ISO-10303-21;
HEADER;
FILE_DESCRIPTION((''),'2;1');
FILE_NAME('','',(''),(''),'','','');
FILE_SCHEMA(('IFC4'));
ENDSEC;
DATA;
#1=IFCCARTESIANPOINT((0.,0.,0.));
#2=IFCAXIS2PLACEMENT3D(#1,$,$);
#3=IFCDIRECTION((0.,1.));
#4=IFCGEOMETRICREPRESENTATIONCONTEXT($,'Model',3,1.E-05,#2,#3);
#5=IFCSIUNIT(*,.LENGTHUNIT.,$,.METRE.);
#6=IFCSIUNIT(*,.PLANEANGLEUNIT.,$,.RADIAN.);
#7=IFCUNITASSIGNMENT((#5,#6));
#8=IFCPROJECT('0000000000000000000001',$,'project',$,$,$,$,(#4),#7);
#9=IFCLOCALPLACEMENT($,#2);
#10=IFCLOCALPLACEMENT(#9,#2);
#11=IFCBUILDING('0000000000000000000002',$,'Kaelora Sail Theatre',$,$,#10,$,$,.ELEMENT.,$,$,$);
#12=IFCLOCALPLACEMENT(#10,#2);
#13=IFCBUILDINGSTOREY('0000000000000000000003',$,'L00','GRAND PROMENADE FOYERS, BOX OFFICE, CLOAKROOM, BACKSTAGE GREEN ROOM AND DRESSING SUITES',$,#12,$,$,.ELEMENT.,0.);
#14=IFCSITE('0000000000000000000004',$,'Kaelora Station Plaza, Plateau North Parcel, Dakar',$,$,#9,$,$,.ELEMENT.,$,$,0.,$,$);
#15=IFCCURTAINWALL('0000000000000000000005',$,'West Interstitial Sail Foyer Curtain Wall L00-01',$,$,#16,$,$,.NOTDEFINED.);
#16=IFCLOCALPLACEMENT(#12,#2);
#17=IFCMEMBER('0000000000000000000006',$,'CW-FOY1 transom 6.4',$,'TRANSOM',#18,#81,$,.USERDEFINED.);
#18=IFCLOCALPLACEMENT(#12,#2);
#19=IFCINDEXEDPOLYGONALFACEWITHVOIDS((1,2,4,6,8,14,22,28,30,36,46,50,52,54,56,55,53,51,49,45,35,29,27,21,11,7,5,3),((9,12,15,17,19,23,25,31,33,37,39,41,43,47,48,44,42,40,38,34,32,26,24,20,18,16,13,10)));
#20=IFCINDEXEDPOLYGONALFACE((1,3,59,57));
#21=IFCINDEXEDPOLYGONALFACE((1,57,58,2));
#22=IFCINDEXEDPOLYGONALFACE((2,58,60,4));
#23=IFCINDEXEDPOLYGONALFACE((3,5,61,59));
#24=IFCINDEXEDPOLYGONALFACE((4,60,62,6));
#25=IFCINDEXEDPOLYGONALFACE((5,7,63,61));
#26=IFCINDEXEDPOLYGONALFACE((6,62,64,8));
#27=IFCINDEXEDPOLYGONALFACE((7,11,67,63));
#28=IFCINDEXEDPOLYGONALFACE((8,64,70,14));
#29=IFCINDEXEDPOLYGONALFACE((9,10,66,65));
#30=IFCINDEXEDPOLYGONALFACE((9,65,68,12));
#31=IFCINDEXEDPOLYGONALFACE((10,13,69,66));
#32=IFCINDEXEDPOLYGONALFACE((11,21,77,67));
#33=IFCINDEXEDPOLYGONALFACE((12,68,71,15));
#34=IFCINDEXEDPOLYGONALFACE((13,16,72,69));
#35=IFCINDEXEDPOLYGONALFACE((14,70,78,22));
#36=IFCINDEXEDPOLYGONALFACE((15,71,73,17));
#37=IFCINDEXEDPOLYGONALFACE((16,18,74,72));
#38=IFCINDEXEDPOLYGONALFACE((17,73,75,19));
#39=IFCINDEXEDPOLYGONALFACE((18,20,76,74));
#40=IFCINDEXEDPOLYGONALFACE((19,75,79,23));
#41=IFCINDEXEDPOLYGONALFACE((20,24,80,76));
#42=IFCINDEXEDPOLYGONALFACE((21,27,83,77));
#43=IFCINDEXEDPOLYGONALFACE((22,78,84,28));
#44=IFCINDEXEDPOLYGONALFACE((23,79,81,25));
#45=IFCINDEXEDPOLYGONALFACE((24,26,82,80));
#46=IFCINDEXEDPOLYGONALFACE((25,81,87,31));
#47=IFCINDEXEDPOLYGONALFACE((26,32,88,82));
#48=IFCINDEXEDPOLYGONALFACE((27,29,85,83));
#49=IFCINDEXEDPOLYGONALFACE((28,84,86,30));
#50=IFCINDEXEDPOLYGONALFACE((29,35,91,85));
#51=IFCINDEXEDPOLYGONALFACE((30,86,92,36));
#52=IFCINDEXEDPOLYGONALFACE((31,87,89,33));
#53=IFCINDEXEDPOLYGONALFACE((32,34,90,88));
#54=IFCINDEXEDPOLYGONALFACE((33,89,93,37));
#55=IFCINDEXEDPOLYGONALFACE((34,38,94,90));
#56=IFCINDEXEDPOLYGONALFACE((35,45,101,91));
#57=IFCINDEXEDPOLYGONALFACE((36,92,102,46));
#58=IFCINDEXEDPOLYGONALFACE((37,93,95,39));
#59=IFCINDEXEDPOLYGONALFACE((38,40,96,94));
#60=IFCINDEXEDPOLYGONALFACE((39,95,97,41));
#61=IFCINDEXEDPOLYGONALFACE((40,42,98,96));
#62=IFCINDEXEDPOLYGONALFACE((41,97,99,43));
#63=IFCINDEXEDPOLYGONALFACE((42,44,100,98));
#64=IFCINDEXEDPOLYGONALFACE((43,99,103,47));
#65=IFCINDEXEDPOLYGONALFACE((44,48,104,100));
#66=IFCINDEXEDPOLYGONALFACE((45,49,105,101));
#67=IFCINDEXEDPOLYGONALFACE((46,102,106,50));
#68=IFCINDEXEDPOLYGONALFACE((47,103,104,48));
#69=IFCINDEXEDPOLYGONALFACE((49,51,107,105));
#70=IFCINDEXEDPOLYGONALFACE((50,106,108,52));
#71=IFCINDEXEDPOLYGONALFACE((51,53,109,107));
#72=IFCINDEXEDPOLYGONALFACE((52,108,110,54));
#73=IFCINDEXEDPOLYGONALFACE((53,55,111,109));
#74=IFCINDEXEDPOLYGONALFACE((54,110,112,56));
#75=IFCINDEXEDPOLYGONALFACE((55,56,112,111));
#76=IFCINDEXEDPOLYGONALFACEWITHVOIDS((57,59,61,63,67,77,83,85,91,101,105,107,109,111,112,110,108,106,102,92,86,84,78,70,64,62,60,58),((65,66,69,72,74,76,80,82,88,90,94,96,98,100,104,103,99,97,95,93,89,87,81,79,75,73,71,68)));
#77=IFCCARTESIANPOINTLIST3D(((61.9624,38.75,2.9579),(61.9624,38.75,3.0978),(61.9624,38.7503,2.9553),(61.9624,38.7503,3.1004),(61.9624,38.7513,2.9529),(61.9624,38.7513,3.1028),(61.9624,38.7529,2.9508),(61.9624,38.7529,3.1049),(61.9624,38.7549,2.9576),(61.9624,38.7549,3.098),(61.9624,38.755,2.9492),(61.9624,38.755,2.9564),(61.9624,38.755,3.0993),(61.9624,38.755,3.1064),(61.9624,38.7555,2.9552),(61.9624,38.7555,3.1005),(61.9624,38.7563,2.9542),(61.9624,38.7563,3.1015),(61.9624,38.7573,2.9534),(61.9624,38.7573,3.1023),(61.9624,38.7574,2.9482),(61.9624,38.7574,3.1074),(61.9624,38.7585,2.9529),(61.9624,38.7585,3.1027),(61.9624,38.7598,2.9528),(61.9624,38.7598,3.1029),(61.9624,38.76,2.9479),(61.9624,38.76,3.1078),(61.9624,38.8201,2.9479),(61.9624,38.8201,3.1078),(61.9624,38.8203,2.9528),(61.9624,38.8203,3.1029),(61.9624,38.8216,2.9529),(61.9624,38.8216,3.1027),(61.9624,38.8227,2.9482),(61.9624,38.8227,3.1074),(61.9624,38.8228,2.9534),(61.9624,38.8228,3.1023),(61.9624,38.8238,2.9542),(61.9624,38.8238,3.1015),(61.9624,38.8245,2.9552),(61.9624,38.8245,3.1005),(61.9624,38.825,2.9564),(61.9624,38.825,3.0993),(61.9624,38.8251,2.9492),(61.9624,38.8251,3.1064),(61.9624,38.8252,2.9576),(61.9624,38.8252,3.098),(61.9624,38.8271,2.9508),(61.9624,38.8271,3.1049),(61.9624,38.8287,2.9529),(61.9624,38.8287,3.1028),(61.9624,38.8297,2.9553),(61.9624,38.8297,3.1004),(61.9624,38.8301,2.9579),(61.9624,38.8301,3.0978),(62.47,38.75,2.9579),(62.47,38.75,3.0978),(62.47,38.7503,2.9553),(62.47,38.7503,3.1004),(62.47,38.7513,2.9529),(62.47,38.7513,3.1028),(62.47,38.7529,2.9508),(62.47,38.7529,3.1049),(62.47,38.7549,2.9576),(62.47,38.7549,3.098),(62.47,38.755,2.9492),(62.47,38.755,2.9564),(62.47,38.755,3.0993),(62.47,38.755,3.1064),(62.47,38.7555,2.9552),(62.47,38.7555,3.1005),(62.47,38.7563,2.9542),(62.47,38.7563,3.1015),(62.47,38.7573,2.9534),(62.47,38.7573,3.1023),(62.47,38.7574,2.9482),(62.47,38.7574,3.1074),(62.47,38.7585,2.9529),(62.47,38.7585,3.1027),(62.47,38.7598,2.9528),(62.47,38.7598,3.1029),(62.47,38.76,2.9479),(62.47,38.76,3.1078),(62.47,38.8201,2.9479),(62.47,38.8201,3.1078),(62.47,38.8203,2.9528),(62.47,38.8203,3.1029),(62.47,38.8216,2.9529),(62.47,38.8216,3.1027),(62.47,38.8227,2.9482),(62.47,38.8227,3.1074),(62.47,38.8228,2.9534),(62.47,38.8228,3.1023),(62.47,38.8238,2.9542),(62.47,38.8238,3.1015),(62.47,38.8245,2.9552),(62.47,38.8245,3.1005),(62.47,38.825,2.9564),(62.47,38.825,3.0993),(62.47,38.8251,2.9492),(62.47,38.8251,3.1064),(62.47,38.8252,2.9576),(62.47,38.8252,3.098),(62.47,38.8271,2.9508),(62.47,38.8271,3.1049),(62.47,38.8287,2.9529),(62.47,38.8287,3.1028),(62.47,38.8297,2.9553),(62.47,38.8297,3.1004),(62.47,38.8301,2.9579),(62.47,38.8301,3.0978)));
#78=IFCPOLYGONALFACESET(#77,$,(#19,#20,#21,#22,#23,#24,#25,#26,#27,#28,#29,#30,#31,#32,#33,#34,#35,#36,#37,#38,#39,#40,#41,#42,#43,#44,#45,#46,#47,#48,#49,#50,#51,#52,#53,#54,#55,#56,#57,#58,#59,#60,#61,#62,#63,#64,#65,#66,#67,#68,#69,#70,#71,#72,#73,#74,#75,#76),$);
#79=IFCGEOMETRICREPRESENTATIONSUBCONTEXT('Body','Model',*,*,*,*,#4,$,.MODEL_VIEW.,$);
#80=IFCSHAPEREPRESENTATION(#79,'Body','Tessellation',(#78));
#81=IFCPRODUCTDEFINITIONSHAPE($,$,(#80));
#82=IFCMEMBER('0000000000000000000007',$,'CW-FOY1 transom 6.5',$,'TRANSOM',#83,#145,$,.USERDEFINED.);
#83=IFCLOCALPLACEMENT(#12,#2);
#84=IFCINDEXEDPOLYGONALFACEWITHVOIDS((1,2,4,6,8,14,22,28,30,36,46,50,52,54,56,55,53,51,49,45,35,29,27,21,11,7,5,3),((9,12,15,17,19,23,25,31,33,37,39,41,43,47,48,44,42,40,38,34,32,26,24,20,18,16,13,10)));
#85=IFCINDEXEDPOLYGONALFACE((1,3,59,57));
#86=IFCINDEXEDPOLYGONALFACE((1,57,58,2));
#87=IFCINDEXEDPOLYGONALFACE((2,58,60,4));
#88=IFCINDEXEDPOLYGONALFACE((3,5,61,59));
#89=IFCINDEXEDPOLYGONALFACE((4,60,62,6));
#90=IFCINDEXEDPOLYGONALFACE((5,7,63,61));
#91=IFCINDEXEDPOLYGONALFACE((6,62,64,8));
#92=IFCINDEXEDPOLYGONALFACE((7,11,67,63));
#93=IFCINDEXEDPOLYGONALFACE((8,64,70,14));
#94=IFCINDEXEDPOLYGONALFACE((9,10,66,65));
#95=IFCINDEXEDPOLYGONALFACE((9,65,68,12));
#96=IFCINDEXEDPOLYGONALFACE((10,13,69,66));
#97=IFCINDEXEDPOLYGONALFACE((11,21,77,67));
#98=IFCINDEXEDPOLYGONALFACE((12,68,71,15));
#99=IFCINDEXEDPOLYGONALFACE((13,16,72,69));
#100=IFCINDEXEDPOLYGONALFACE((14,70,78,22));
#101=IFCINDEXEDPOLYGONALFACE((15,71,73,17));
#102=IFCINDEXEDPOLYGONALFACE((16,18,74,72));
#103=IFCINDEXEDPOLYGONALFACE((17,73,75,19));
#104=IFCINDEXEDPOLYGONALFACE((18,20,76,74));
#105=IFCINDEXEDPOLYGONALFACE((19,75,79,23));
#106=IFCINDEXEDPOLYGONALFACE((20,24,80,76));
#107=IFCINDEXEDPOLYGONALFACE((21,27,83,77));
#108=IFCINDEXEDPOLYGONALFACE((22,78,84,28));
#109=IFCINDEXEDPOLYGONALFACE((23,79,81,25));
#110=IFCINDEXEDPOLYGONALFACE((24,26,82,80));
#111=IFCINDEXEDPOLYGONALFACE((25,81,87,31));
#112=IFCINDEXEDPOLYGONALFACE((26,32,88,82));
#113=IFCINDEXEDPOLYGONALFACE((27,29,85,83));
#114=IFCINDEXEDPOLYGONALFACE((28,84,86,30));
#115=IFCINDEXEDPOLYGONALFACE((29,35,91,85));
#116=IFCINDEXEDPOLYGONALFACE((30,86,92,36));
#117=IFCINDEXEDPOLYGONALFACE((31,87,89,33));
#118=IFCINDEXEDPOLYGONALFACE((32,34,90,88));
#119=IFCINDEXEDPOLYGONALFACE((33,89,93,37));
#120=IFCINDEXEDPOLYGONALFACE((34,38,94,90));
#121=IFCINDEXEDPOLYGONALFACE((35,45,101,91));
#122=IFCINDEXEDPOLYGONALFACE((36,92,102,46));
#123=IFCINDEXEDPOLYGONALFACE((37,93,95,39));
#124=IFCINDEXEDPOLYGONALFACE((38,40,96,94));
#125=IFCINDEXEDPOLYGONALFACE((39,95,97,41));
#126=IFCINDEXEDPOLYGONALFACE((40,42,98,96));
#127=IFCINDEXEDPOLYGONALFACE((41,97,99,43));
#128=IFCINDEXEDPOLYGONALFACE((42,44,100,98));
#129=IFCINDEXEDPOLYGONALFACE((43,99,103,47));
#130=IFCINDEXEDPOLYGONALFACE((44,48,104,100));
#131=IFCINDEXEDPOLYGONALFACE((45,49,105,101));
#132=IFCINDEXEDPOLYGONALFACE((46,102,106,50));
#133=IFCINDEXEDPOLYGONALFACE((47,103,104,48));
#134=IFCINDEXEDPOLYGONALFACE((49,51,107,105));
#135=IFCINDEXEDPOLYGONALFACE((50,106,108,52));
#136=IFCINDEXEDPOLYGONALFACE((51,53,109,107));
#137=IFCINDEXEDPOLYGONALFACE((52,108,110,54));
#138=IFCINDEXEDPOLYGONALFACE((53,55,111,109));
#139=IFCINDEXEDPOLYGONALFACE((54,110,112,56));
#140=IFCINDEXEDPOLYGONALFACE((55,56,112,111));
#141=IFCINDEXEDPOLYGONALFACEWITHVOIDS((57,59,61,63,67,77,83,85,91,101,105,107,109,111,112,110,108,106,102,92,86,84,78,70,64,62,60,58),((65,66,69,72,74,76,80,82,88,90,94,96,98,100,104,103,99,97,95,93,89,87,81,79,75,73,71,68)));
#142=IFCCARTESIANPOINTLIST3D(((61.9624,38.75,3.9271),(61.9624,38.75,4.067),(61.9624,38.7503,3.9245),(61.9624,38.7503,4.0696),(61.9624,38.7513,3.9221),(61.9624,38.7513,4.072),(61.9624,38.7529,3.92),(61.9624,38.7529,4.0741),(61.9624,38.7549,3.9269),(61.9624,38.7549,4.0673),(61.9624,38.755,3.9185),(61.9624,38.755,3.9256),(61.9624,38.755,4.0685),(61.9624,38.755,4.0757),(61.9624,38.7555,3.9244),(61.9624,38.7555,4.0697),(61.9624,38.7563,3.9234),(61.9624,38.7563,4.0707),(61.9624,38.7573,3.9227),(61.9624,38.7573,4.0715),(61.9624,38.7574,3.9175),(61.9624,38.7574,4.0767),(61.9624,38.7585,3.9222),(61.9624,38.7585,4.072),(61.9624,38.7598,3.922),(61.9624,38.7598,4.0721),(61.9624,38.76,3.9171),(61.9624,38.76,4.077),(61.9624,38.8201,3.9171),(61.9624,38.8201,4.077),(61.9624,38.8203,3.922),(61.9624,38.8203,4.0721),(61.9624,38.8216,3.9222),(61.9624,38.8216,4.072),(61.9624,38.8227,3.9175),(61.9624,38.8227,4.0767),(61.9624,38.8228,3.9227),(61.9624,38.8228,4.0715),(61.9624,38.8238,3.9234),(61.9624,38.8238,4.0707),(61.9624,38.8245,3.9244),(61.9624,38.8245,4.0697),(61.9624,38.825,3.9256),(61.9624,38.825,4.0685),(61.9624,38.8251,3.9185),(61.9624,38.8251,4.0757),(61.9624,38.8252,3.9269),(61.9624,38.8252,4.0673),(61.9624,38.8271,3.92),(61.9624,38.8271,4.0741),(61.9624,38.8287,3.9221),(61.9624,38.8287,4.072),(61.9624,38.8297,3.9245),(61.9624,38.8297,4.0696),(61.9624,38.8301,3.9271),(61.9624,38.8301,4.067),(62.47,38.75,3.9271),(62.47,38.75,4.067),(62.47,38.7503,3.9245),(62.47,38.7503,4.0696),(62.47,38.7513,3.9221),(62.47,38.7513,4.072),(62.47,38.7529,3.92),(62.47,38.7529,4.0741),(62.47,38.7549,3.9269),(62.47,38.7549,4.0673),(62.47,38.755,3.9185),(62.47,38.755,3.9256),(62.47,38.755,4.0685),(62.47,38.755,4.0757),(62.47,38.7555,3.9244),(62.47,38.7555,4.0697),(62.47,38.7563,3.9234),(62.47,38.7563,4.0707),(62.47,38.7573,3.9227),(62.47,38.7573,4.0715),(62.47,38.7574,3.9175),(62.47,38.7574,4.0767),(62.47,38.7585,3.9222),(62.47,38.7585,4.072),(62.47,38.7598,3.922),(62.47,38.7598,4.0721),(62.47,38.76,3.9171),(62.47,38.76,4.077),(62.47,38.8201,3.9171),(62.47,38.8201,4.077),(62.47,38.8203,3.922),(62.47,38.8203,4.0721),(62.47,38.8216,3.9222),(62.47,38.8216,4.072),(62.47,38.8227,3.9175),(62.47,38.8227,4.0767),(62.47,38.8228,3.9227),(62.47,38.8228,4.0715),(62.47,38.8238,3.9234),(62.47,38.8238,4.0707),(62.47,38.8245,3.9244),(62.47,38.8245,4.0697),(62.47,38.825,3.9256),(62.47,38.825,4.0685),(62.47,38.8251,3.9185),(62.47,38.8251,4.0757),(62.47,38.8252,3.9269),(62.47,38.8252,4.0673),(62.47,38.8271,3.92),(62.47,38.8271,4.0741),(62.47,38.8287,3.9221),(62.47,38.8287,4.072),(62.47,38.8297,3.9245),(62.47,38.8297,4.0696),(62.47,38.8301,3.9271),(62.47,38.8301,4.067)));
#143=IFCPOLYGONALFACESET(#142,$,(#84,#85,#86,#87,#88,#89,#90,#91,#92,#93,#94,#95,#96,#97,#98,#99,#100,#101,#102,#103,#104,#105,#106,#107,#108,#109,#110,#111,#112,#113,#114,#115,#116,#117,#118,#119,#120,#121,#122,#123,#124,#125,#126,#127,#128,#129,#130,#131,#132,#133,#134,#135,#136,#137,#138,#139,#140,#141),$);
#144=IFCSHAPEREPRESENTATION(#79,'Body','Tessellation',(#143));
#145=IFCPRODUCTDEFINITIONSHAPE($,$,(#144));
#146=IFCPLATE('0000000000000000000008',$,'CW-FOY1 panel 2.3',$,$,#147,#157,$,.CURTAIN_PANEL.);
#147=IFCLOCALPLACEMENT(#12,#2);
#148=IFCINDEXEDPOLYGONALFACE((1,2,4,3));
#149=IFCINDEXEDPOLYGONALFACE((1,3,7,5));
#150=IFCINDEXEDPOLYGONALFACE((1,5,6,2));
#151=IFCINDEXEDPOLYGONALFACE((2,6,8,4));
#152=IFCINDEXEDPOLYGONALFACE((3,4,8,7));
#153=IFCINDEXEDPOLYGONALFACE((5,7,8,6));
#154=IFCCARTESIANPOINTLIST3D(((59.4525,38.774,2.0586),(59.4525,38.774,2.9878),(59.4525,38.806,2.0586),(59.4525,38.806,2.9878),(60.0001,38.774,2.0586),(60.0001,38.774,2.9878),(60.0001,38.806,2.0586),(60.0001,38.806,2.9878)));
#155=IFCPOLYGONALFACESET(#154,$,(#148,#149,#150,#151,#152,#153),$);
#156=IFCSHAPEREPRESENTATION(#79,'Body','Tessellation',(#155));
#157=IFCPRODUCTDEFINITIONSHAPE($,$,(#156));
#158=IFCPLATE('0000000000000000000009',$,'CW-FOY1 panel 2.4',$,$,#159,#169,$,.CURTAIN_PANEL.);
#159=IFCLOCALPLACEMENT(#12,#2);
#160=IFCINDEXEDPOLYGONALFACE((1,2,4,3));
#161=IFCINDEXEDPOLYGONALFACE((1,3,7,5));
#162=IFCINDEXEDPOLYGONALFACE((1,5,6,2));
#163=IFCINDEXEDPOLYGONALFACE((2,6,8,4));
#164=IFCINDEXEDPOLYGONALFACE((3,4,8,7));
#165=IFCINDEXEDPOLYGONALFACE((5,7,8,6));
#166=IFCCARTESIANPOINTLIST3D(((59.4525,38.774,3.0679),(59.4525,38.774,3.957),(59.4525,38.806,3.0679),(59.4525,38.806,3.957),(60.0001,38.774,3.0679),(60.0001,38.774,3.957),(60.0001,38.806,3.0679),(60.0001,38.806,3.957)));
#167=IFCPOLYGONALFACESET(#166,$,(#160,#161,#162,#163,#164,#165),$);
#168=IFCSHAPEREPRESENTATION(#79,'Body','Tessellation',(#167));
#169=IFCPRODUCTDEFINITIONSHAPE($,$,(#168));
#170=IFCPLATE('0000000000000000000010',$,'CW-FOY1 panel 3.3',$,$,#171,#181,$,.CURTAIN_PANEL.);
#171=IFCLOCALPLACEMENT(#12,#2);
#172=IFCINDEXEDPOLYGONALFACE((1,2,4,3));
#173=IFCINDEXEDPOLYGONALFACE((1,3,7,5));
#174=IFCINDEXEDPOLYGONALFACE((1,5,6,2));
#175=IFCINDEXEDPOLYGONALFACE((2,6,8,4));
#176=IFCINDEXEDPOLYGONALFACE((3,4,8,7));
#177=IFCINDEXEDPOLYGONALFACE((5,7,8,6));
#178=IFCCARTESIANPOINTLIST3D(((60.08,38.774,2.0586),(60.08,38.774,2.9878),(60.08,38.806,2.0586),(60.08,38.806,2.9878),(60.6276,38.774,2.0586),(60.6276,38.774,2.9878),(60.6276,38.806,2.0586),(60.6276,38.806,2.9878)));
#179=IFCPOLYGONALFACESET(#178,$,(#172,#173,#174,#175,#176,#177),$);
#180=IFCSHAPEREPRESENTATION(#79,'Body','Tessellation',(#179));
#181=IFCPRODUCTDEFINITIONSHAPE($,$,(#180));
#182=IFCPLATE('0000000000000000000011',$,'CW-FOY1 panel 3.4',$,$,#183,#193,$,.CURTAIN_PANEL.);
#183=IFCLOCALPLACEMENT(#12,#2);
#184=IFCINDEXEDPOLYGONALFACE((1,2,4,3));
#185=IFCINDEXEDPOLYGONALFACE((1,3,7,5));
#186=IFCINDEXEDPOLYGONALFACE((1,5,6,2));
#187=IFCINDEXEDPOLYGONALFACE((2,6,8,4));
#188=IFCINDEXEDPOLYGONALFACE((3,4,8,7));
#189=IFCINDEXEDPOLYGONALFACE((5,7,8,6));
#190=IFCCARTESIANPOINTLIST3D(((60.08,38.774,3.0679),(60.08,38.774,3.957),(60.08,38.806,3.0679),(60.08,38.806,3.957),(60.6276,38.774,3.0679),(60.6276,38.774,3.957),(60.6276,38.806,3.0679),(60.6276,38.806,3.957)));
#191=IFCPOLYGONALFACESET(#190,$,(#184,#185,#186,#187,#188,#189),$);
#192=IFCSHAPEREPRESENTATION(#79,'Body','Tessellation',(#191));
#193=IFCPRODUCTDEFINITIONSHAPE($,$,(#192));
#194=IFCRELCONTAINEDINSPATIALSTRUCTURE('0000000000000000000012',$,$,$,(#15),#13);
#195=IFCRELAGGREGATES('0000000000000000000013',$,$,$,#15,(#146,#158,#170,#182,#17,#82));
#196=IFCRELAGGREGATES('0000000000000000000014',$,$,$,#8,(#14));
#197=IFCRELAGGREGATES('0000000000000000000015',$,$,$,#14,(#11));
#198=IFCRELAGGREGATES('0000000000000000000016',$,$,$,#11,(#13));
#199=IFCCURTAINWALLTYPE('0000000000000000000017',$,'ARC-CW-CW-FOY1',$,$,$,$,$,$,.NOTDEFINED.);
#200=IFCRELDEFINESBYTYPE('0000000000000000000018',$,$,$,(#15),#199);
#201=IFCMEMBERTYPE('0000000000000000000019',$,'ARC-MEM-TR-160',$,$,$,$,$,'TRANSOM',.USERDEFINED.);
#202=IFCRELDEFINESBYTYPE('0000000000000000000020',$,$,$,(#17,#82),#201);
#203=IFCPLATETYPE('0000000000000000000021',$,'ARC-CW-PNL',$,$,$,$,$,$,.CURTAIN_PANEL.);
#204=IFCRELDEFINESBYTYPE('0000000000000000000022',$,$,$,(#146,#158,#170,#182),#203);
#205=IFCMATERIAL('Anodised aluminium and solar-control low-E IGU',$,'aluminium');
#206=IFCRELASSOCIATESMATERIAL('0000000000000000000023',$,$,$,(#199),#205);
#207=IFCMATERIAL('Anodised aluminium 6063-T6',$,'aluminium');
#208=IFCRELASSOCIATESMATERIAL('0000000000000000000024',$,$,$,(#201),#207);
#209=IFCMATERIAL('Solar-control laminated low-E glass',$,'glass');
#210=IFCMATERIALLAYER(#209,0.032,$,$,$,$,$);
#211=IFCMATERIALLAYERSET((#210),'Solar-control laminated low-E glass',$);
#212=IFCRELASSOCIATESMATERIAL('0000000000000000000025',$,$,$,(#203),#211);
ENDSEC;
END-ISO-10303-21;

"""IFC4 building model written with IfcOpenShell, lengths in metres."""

from ifc_helpers import new_model, si_unit, direction, frame, origin, origin_2d, place, context, subcontext, project, spatial, rectangle, hollow_rectangle, extrude, material, layer, layer_set, material_profile, profile_set, type_object, element, aggregate, save


model = new_model("IFC4")

# Units and contexts
model_context = context("Model", 3, precision=1e-05, world=origin(), true_north=direction((0.0, 1.0)))
body_context = subcontext(model_context, "Body", "Model", "MODEL_VIEW")
ifc_project = project(units=[si_unit("LENGTHUNIT", "METRE"), si_unit("PLANEANGLEUNIT", "RADIAN")], contexts=[model_context])

# Site, building, storey
site_placement = place(None, origin())
site = spatial("IfcSite", under=ifc_project, at=site_placement, Name="Kaelora Station Plaza, Plateau North Parcel, Dakar", CompositionType="ELEMENT", RefElevation=0.0)
building_placement = place(site_placement, origin())
building = spatial("IfcBuilding", under=site, at=building_placement, Name="Kaelora Sail Theatre", CompositionType="ELEMENT")
storey_placement = place(building_placement, origin())
storey = spatial("IfcBuildingStorey", under=building, at=storey_placement, Name="L00", Description="GRAND PROMENADE FOYERS, BOX OFFICE, CLOAKROOM, BACKSTAGE GREEN ROOM AND DRESSING SUITES", CompositionType="ELEMENT", Elevation=0.0)

# Curtain wall, members, plates
ifc_material_1 = material(Name="Anodised aluminium and solar-control low-E IGU", Category="aluminium")
curtain_wall_type = type_object("IfcCurtainWallType", Name="ARC-CW-CW-FOY1", PredefinedType="NOTDEFINED", material=ifc_material_1)
curtain_wall_placement = place(storey_placement, origin())
curtain_wall = element("IfcCurtainWall", 1, at=curtain_wall_placement, inside=storey, type_object=curtain_wall_type, Name="West Interstitial Sail Foyer Curtain Wall L00-01", PredefinedType="NOTDEFINED")
ifc_material_2 = material(Name="Anodised aluminium 6063-T6", Category="aluminium")
ifc_material_profile = material_profile(ifc_material_2, hollow_rectangle(XDim=0.0801, YDim=0.1599, WallThickness=0.0049, InnerFilletRadius=0.0049, OuterFilletRadius=0.01, at=origin_2d()), Name="ALU-TRAN 80x160x5")
ifc_profile_set = profile_set([ifc_material_profile], Name="Anodised aluminium 6063-T6")
member_type = type_object("IfcMemberType", Name="ARC-MEM-TR-160", ElementType="TRANSOM", PredefinedType="USERDEFINED", material=ifc_profile_set)
member_1_placement = place(storey_placement, frame((61.9624, 38.79, 3.0278), z_axis=(1.0, 0.0, 0.0), x_axis=(0.0, 1.0, 0.0)))
member_1 = element("IfcMember", 2, at=member_1_placement, type_object=member_type, Name="CW-FOY1 transom 6.4", ObjectType="TRANSOM", PredefinedType="USERDEFINED", context=body_context, shape_type="SweptSolid", body=[
    extrude(hollow_rectangle(XDim=0.0801, YDim=0.1599, WallThickness=0.0049, InnerFilletRadius=0.0049, OuterFilletRadius=0.01, at=origin_2d()), origin(), (0.0, 0.0, 1.0), 0.5076),
])
member_2_placement = place(storey_placement, frame((61.9624, 38.79, 3.9971), z_axis=(1.0, 0.0, 0.0), x_axis=(0.0, 1.0, 0.0)))
member_2 = element("IfcMember", 3, at=member_2_placement, type_object=member_type, Name="CW-FOY1 transom 6.5", ObjectType="TRANSOM", PredefinedType="USERDEFINED", context=body_context, shape_type="SweptSolid", body=[
    extrude(hollow_rectangle(XDim=0.0801, YDim=0.1599, WallThickness=0.0049, InnerFilletRadius=0.0049, OuterFilletRadius=0.01, at=origin_2d()), origin(), (0.0, 0.0, 1.0), 0.5076),
])
ifc_material_3 = material(Name="Solar-control laminated low-E glass", Category="glass")
ifc_layer = layer(ifc_material_3, 0.032)
ifc_layer_set = layer_set([ifc_layer], Name="Solar-control laminated low-E glass")
plate_type = type_object("IfcPlateType", Name="ARC-CW-PNL", PredefinedType="CURTAIN_PANEL", material=ifc_layer_set)
plate_1_placement = place(storey_placement, frame((59.7263, 38.79, 2.0586), z_axis=(0.0, 0.0, 1.0), x_axis=(1.0, 0.0, 0.0)))
plate_1 = element("IfcPlate", 4, at=plate_1_placement, type_object=plate_type, Name="CW-FOY1 panel 2.3", PredefinedType="CURTAIN_PANEL", context=body_context, shape_type="SweptSolid", body=[
    extrude(rectangle(XDim=0.5476, YDim=0.032, at=origin_2d()), origin(), (0.0, 0.0, 1.0), 0.9292),
])
plate_2_placement = place(storey_placement, frame((59.7263, 38.79, 3.0679), z_axis=(0.0, 0.0, 1.0), x_axis=(1.0, 0.0, 0.0)))
plate_2 = element("IfcPlate", 5, at=plate_2_placement, type_object=plate_type, Name="CW-FOY1 panel 2.4", PredefinedType="CURTAIN_PANEL", context=body_context, shape_type="SweptSolid", body=[
    extrude(rectangle(XDim=0.5476, YDim=0.032, at=origin_2d()), origin(), (0.0, 0.0, 1.0), 0.8892),
])
plate_3_placement = place(storey_placement, frame((60.3538, 38.79, 2.0586), z_axis=(0.0, 0.0, 1.0), x_axis=(1.0, 0.0, 0.0)))
plate_3 = element("IfcPlate", 6, at=plate_3_placement, type_object=plate_type, Name="CW-FOY1 panel 3.3", PredefinedType="CURTAIN_PANEL", context=body_context, shape_type="SweptSolid", body=[
    extrude(rectangle(XDim=0.5476, YDim=0.032, at=origin_2d()), origin(), (0.0, 0.0, 1.0), 0.9292),
])
plate_4_placement = place(storey_placement, frame((60.3538, 38.79, 3.0679), z_axis=(0.0, 0.0, 1.0), x_axis=(1.0, 0.0, 0.0)))
plate_4 = element("IfcPlate", 7, at=plate_4_placement, type_object=plate_type, Name="CW-FOY1 panel 3.4", PredefinedType="CURTAIN_PANEL", context=body_context, shape_type="SweptSolid", body=[
    extrude(rectangle(XDim=0.5476, YDim=0.032, at=origin_2d()), origin(), (0.0, 0.0, 1.0), 0.8892),
])
aggregate(curtain_wall, [plate_1, plate_2, plate_3, plate_4, member_1, member_2])

save(model, "model.ifc")
